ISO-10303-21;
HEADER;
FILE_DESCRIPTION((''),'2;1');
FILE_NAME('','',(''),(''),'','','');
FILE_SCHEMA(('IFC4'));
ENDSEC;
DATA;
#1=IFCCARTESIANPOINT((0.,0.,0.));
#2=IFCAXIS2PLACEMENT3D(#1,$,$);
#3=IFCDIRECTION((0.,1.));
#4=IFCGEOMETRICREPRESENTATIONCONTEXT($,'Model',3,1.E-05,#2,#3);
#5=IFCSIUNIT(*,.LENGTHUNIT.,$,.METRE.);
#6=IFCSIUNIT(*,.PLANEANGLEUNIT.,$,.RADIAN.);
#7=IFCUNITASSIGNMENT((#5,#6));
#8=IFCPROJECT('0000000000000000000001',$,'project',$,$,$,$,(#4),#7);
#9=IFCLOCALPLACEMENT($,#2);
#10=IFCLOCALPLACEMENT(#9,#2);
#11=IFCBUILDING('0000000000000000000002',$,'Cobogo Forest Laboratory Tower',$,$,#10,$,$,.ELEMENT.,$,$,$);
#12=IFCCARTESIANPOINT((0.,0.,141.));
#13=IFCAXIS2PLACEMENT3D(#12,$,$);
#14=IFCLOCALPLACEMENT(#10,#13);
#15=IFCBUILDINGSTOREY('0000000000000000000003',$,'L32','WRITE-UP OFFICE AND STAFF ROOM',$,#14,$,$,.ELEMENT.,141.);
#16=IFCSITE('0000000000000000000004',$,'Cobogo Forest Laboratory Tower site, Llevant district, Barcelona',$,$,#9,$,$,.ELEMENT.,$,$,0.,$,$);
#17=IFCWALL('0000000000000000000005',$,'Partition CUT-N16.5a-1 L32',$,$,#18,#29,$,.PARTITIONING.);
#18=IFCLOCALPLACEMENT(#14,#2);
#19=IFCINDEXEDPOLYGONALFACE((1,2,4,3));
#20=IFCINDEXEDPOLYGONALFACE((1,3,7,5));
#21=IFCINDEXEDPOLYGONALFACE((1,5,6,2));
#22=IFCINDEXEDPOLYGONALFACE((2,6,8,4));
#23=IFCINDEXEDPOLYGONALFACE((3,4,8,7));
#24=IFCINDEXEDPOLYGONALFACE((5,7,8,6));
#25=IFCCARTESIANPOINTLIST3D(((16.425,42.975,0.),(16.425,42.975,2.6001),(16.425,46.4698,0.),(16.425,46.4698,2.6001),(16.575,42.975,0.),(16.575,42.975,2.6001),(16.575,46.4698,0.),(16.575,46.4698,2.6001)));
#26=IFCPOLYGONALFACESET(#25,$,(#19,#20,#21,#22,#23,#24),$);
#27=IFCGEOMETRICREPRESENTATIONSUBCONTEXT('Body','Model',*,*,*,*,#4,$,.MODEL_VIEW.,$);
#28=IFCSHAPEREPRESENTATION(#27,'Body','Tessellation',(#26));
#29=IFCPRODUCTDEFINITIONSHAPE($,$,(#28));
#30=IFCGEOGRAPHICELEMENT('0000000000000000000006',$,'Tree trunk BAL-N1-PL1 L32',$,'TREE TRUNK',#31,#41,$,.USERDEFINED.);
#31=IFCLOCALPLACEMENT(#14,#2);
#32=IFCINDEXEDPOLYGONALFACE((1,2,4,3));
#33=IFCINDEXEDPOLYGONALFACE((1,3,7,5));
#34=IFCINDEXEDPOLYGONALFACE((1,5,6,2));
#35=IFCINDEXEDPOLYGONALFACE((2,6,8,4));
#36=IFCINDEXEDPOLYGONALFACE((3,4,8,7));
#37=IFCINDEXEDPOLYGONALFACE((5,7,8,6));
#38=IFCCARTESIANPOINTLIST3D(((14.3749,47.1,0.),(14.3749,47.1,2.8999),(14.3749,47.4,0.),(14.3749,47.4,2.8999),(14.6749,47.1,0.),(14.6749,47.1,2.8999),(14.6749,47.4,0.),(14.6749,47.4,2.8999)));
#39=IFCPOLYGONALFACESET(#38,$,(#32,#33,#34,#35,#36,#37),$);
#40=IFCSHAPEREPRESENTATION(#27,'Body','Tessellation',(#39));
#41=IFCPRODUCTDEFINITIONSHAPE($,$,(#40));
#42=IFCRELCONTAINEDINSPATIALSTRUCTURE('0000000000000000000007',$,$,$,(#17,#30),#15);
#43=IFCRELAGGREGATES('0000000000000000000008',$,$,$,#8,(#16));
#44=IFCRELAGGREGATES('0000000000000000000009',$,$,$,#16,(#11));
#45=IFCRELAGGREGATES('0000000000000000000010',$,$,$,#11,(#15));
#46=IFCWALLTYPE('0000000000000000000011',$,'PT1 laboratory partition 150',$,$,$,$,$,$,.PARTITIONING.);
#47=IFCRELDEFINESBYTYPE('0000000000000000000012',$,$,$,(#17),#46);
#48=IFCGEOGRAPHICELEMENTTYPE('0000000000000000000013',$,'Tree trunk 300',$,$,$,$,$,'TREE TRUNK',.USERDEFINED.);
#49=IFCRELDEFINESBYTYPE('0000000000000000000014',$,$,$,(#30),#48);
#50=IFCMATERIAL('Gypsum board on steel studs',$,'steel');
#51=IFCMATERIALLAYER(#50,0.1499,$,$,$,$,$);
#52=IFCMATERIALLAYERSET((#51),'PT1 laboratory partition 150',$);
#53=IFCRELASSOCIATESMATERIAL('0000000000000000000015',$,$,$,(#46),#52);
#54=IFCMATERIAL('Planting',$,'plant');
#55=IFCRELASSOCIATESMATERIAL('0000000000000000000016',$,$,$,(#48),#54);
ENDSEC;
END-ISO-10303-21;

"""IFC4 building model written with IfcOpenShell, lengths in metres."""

from ifc_helpers import new_model, si_unit, direction, frame, frame_2d, origin, origin_2d, place, context, subcontext, project, spatial, rectangle, extrude, material, layer, layer_set, type_object, element, save


model = new_model("IFC4")

# Units and contexts
model_context = context("Model", 3, precision=1e-05, world=origin(), true_north=direction((0.0, 1.0)))
body_context = subcontext(model_context, "Body", "Model", "MODEL_VIEW")
ifc_project = project(units=[si_unit("LENGTHUNIT", "METRE"), si_unit("PLANEANGLEUNIT", "RADIAN")], contexts=[model_context])

# Site, building, storey
site_placement = place(None, origin())
site = spatial("IfcSite", under=ifc_project, at=site_placement, Name="Cobogo Forest Laboratory Tower site, Llevant district, Barcelona", CompositionType="ELEMENT", RefElevation=0.0)
building_placement = place(site_placement, origin())
building = spatial("IfcBuilding", under=site, at=building_placement, Name="Cobogo Forest Laboratory Tower", CompositionType="ELEMENT")
storey_placement = place(building_placement, frame((0.0, 0.0, 141.0)))
storey = spatial("IfcBuildingStorey", under=building, at=storey_placement, Name="L32", Description="WRITE-UP OFFICE AND STAFF ROOM", CompositionType="ELEMENT", Elevation=141.0)

# Wall
ifc_material_1 = material(Name="Gypsum board on steel studs", Category="steel")
ifc_layer_1 = layer(ifc_material_1, 0.1499)
ifc_layer_set_1 = layer_set([ifc_layer_1], Name="PT1 laboratory partition 150")
wall_type_1 = type_object("IfcWallType", Name="PT1 laboratory partition 150", PredefinedType="PARTITIONING", material=ifc_layer_set_1)
wall_1_placement = place(storey_placement, frame((16.5, 46.47, 0.0), z_axis=(0.0, 0.0, 1.0), x_axis=(0.0, -1.0, 0.0)))
element("IfcWall", 1, at=wall_1_placement, inside=storey, type_object=wall_type_1, Name="Partition CUT-N16.5a-1 L32", PredefinedType="PARTITIONING", context=body_context, shape_type="SweptSolid", body=[
    extrude(rectangle(XDim=3.4949, YDim=0.1499, at=frame_2d((1.7476, 0.0))), origin(), (0.0, 0.0, 1.0), 2.6001),
])

# Geographic element
ifc_material_2 = material(Name="Planting", Category="plant")
geographic_element_type = type_object("IfcGeographicElementType", Name="Tree trunk 300", ElementType="TREE TRUNK", PredefinedType="USERDEFINED", material=ifc_material_2)
geographic_element_placement = place(storey_placement, frame((14.5249, 47.25, 0.0), z_axis=(0.0, 0.0, 1.0), x_axis=(1.0, 0.0, 0.0)))
element("IfcGeographicElement", 2, at=geographic_element_placement, inside=storey, type_object=geographic_element_type, Name="Tree trunk BAL-N1-PL1 L32", ObjectType="TREE TRUNK", PredefinedType="USERDEFINED", context=body_context, shape_type="SweptSolid", body=[
    extrude(rectangle(XDim=0.3, YDim=0.3, at=origin_2d()), origin(), (0.0, 0.0, 1.0), 2.8999),
])

save(model, "model.ifc")
